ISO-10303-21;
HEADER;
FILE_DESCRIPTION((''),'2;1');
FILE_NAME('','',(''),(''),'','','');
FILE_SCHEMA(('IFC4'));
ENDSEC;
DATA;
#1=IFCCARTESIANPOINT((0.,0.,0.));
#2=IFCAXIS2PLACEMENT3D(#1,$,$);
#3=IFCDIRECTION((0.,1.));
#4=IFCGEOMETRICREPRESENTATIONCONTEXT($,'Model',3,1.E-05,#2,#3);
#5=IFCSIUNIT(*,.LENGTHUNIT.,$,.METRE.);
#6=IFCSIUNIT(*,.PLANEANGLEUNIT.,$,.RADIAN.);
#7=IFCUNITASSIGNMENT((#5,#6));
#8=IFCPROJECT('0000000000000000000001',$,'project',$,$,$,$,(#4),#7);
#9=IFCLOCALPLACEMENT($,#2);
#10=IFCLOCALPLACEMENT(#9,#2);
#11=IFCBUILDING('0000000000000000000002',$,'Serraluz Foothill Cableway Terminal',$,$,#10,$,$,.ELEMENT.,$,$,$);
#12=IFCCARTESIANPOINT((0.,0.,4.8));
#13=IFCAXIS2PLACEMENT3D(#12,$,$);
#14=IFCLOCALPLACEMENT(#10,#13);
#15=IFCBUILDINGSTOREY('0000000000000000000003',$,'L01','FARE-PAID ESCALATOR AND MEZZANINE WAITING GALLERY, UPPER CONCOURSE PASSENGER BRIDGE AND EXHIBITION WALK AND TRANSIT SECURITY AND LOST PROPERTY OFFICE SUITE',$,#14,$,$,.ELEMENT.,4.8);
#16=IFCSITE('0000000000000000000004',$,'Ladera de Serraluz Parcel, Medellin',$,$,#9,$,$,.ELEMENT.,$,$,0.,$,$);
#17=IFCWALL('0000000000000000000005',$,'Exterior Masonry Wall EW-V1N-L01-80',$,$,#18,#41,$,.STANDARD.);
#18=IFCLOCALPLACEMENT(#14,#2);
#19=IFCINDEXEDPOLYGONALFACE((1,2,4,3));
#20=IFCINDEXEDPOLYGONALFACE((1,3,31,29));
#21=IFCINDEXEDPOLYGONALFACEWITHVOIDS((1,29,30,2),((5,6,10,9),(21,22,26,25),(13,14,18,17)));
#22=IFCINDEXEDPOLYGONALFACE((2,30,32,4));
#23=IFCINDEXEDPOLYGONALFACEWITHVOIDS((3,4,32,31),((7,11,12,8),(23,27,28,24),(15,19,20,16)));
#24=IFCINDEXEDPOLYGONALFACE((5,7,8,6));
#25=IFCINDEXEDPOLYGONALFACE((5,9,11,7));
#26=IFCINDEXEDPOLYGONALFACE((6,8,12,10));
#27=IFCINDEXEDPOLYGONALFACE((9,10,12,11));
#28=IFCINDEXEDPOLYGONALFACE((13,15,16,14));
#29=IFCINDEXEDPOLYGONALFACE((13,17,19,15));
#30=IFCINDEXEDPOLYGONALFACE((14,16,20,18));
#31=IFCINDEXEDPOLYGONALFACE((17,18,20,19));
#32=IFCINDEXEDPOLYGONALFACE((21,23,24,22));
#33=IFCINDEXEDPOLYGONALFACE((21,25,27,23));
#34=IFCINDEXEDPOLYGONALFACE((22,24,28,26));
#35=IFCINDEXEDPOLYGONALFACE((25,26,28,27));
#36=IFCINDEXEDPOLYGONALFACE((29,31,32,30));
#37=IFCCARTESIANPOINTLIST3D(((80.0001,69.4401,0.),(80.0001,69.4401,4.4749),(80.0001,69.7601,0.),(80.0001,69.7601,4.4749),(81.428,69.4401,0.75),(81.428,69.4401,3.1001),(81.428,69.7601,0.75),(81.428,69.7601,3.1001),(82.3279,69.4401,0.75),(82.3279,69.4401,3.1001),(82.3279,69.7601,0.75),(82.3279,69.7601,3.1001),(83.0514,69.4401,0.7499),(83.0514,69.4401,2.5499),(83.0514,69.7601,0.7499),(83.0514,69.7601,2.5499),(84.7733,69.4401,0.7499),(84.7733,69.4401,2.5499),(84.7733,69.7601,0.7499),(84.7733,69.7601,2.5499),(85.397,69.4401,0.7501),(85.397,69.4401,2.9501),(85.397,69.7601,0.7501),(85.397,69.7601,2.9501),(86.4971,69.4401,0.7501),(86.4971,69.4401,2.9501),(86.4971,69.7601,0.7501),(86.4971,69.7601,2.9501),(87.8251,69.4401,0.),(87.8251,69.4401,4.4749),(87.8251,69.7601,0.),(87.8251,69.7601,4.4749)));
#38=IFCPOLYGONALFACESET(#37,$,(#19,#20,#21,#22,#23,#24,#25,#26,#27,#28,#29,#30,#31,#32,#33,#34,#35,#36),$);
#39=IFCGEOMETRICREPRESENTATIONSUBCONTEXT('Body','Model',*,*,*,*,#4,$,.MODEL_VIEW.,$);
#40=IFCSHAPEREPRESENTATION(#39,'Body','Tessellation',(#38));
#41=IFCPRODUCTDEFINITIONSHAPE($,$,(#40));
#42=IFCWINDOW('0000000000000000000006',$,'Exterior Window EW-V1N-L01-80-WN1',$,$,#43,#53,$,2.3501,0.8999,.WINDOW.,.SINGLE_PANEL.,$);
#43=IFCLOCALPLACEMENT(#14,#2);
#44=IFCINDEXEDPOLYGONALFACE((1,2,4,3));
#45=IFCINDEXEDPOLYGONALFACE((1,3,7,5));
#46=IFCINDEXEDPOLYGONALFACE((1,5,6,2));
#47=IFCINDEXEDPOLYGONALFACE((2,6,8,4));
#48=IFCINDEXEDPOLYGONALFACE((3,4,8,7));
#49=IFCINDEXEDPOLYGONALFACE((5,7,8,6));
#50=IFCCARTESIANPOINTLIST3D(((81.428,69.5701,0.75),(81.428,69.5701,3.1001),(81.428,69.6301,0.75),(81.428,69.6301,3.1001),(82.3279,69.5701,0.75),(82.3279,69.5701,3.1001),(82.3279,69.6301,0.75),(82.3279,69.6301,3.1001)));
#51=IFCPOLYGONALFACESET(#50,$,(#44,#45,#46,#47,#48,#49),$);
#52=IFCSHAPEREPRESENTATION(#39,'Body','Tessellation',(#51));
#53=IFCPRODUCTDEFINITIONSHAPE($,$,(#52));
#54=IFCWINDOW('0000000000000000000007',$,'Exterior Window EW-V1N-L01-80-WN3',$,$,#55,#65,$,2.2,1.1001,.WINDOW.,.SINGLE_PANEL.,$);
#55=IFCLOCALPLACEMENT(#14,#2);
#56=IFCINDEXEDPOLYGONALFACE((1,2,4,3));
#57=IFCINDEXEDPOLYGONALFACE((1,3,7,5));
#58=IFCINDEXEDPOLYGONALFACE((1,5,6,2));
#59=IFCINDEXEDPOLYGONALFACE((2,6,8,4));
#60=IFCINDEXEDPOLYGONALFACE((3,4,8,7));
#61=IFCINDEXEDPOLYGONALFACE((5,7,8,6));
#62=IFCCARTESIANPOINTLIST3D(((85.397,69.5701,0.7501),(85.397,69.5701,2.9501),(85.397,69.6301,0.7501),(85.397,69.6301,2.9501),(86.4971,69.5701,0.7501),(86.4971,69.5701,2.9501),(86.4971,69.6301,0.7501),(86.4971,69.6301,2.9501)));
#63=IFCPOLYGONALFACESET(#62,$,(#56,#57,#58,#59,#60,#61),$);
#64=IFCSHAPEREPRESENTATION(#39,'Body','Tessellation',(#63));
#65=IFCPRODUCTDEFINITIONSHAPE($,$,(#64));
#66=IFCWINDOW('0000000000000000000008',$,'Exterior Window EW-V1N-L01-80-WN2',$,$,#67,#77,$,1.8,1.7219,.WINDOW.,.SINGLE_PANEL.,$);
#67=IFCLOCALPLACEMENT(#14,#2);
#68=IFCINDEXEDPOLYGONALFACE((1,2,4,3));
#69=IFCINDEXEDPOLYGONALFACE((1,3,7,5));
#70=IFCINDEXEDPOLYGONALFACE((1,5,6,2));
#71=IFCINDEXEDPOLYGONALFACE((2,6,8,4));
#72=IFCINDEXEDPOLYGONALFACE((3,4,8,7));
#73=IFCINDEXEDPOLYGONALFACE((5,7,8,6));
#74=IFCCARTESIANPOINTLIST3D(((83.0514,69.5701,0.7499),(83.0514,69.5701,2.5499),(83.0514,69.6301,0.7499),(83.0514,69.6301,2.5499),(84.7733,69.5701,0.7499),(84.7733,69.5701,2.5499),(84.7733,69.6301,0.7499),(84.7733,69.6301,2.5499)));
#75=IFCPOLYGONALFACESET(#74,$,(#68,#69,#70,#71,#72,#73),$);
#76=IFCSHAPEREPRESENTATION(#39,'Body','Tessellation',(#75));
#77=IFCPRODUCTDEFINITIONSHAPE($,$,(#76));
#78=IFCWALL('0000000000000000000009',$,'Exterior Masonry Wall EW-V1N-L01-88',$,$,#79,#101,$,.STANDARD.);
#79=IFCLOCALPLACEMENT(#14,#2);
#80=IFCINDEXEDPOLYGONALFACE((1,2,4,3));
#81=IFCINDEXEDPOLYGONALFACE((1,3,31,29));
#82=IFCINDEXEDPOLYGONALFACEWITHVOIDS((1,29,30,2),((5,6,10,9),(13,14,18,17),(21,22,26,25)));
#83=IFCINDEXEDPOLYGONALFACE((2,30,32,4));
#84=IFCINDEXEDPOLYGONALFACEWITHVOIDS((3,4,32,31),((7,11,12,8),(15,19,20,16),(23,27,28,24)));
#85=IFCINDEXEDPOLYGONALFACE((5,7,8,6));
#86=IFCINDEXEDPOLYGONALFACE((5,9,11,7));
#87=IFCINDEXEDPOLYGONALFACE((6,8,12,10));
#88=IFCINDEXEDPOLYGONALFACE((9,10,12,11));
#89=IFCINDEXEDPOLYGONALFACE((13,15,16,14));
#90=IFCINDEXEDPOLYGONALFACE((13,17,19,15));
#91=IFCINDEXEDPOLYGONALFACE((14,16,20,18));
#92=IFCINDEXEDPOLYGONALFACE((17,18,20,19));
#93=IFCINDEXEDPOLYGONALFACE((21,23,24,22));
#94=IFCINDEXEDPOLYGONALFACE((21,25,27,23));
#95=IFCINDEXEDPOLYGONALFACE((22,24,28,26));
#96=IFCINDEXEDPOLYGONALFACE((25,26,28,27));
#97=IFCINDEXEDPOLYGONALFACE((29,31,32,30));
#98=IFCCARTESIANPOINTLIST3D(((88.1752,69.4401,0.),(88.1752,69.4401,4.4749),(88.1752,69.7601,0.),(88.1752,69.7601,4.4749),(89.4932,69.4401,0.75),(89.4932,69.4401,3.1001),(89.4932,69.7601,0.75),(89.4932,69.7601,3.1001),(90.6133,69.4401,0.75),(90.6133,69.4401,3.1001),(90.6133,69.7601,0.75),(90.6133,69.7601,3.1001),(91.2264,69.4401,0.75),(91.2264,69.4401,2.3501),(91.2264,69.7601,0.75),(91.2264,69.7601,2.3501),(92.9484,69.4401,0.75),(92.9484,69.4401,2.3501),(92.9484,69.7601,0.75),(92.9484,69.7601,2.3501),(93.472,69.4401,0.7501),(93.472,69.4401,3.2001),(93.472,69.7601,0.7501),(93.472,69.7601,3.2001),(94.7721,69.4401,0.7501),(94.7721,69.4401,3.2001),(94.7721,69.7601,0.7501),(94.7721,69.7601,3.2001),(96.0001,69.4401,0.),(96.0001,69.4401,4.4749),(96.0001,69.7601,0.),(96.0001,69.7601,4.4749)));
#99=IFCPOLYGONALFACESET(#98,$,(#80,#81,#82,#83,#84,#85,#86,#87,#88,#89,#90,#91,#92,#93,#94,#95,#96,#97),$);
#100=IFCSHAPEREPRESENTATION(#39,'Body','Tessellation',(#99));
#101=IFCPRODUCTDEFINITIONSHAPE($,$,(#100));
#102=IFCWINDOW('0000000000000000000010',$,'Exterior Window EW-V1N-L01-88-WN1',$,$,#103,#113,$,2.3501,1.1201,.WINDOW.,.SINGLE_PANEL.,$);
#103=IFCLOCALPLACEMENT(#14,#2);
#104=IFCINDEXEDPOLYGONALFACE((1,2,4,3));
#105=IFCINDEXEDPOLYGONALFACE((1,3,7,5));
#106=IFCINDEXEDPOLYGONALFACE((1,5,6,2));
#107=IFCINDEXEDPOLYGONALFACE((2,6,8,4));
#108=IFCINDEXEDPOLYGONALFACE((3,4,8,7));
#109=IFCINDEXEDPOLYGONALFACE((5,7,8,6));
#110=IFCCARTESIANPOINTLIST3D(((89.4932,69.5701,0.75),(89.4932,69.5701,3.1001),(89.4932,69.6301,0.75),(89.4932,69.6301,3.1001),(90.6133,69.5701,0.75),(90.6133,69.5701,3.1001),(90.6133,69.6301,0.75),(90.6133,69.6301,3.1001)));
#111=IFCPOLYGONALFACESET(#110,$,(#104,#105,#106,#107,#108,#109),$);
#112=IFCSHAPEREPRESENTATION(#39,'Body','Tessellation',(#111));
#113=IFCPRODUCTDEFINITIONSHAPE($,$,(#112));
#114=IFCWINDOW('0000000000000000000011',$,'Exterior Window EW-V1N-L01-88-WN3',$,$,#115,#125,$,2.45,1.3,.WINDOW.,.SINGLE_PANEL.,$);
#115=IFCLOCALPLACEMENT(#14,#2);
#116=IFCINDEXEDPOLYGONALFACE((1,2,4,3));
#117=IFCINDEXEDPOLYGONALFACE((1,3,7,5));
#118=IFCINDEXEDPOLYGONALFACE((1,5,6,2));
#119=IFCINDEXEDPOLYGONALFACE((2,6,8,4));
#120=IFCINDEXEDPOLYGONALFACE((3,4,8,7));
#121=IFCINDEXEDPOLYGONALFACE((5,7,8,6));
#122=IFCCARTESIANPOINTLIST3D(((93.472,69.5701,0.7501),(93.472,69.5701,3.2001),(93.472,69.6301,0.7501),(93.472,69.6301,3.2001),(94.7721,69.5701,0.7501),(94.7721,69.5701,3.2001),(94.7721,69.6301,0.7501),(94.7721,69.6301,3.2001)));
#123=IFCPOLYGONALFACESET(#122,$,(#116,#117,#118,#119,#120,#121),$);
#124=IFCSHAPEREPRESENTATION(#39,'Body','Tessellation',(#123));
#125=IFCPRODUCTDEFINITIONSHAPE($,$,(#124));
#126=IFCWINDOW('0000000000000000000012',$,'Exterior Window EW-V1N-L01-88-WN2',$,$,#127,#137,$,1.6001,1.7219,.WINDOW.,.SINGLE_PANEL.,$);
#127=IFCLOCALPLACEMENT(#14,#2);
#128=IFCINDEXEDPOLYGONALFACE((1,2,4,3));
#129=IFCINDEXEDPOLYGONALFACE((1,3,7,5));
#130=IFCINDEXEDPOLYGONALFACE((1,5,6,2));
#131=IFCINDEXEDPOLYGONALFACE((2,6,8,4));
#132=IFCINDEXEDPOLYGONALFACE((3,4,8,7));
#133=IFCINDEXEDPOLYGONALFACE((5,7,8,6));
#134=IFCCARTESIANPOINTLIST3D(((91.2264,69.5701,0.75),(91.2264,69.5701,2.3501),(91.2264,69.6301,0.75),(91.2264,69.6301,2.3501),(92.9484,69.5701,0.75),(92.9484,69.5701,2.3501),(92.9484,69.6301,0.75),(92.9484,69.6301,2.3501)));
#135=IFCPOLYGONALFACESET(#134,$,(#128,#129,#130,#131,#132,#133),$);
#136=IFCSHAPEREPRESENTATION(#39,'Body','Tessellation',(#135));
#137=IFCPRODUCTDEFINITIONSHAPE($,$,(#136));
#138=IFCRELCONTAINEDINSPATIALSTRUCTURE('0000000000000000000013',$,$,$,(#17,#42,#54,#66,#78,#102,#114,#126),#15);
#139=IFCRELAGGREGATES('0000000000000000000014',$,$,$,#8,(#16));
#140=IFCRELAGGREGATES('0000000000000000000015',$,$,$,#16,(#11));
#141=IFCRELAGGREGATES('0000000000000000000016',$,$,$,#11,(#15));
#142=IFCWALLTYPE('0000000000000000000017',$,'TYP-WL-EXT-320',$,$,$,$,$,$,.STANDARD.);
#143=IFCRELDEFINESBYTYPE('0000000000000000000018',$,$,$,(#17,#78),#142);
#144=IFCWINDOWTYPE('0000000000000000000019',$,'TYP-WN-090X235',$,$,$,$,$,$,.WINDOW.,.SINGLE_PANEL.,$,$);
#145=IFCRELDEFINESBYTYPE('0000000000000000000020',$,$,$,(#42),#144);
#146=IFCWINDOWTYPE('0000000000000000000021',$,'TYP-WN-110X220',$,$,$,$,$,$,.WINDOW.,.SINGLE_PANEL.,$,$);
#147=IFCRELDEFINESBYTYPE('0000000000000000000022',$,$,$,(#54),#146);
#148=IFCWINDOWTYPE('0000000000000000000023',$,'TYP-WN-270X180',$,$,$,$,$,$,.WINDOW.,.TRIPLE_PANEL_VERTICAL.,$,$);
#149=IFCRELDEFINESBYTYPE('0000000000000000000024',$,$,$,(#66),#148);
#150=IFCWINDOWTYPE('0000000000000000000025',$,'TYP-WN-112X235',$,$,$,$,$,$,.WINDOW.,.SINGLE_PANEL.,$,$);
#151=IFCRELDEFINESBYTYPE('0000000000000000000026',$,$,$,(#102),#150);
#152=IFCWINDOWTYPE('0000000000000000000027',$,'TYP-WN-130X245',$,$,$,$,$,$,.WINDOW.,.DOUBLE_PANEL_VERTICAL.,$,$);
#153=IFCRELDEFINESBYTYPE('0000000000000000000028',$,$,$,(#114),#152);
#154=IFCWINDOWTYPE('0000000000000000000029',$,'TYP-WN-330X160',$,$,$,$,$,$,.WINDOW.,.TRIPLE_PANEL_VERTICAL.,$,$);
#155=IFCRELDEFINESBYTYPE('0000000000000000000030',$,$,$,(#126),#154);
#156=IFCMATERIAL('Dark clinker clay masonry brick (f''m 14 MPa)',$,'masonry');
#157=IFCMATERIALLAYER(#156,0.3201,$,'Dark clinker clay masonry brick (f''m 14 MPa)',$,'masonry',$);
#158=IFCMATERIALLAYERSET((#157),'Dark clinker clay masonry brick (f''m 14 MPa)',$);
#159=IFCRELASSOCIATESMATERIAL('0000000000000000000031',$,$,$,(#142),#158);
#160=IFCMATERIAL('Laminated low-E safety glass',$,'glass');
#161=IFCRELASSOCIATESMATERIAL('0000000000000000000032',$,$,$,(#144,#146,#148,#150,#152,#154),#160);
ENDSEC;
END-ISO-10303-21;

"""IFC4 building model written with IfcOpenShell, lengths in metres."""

from ifc_helpers import new_model, si_unit, direction, frame, frame_2d, origin, place, context, subcontext, project, spatial, rectangle, extrude, material, layer, layer_set, type_object, element, fill, save


model = new_model("IFC4")

# Units and contexts
model_context = context("Model", 3, precision=1e-05, world=origin(), true_north=direction((0.0, 1.0)))
body_context = subcontext(model_context, "Body", "Model", "MODEL_VIEW")
ifc_project = project(units=[si_unit("LENGTHUNIT", "METRE"), si_unit("PLANEANGLEUNIT", "RADIAN")], contexts=[model_context])

# Site, building, storey
site_placement = place(None, origin())
site = spatial("IfcSite", under=ifc_project, at=site_placement, Name="Ladera de Serraluz Parcel, Medellin", CompositionType="ELEMENT", RefElevation=0.0)
building_placement = place(site_placement, origin())
building = spatial("IfcBuilding", under=site, at=building_placement, Name="Serraluz Foothill Cableway Terminal", CompositionType="ELEMENT")
storey_placement = place(building_placement, frame((0.0, 0.0, 4.8)))
storey = spatial("IfcBuildingStorey", under=building, at=storey_placement, Name="L01", Description="FARE-PAID ESCALATOR AND MEZZANINE WAITING GALLERY, UPPER CONCOURSE PASSENGER BRIDGE AND EXHIBITION WALK AND TRANSIT SECURITY AND LOST PROPERTY OFFICE SUITE", CompositionType="ELEMENT", Elevation=4.8)

# Shared definitions
ifc_material_1 = material(Name="Dark clinker clay masonry brick (f'm 14 MPa)", Category="masonry")

# Walls, openings, windows
ifc_layer_1 = layer(ifc_material_1, 0.3201, Name="Dark clinker clay masonry brick (f'm 14 MPa)", Category="masonry")
ifc_layer_set_1 = layer_set([ifc_layer_1], Name="Dark clinker clay masonry brick (f'm 14 MPa)")
wall_type = type_object("IfcWallType", Name="TYP-WL-EXT-320", PredefinedType="STANDARD", material=ifc_layer_set_1)
wall_1_placement = place(storey_placement, frame((80.0, 69.6001, 0.0), z_axis=(0.0, 0.0, 1.0), x_axis=(1.0, 0.0, 0.0)))
wall_1 = element("IfcWall", 1, at=wall_1_placement, inside=storey, type_object=wall_type, Name="Exterior Masonry Wall EW-V1N-L01-80", PredefinedType="STANDARD", context=body_context, shape_type="SweptSolid", body=[
    extrude(rectangle(XDim=7.825, YDim=0.3201, at=frame_2d((3.9126, 0.0))), origin(), (0.0, 0.0, 1.0), 4.4749),
])
opening_1_placement = place(wall_1_placement, frame((1.428, 0.0, 0.75)))
opening_1 = element("IfcOpeningElement", 2, at=opening_1_placement, cuts=wall_1, PredefinedType="OPENING", context=body_context, shape_type="SweptSolid", body=[
    extrude(rectangle(XDim=0.8999, YDim=2.3501, at=frame_2d((0.45, 1.175))), frame((0.0, 0.1699, 0.0), z_axis=(0.0, -1.0, 0.0), x_axis=(1.0, 0.0, 0.0)), (0.0, 0.0, 1.0), 0.3401),
])
opening_2_placement = place(wall_1_placement, frame((3.0515, 0.0, 0.75)))
opening_2 = element("IfcOpeningElement", 3, at=opening_2_placement, cuts=wall_1, PredefinedType="OPENING", context=body_context, shape_type="SweptSolid", body=[
    extrude(rectangle(XDim=1.7219, YDim=1.8, at=frame_2d((0.8608, 0.8999))), frame((0.0, 0.1699, 0.0), z_axis=(0.0, -1.0, 0.0), x_axis=(1.0, 0.0, 0.0)), (0.0, 0.0, 1.0), 0.3401),
])
opening_3_placement = place(wall_1_placement, frame((5.397, 0.0, 0.75)))
opening_3 = element("IfcOpeningElement", 4, at=opening_3_placement, cuts=wall_1, PredefinedType="OPENING", context=body_context, shape_type="SweptSolid", body=[
    extrude(rectangle(XDim=1.1001, YDim=2.2, at=frame_2d((0.55, 1.1001))), frame((0.0, 0.1699, 0.0), z_axis=(0.0, -1.0, 0.0), x_axis=(1.0, 0.0, 0.0)), (0.0, 0.0, 1.0), 0.3401),
])
ifc_material_2 = material(Name="Laminated low-E safety glass", Category="glass")
window_type_1 = type_object("IfcWindowType", Name="TYP-WN-090X235", PartitioningType="SINGLE_PANEL", PredefinedType="WINDOW", material=ifc_material_2)
window_1_placement = place(opening_1_placement, origin())
window_1 = element("IfcWindow", 5, at=window_1_placement, inside=storey, type_object=window_type_1, Name="Exterior Window EW-V1N-L01-80-WN1", OverallHeight=2.3501, OverallWidth=0.8999, PartitioningType="SINGLE_PANEL", PredefinedType="WINDOW", context=body_context, shape_type="SweptSolid", body=[
    extrude(rectangle(XDim=0.8999, YDim=2.3501, at=frame_2d((0.45, 1.175))), frame((0.0, 0.03, 0.0), z_axis=(0.0, -1.0, 0.0), x_axis=(1.0, 0.0, 0.0)), (0.0, 0.0, 1.0), 0.0601),
])
fill(opening_1, window_1)
window_type_2 = type_object("IfcWindowType", Name="TYP-WN-110X220", PartitioningType="SINGLE_PANEL", PredefinedType="WINDOW", material=ifc_material_2)
window_2_placement = place(opening_3_placement, origin())
window_2 = element("IfcWindow", 6, at=window_2_placement, inside=storey, type_object=window_type_2, Name="Exterior Window EW-V1N-L01-80-WN3", OverallHeight=2.2, OverallWidth=1.1001, PartitioningType="SINGLE_PANEL", PredefinedType="WINDOW", context=body_context, shape_type="SweptSolid", body=[
    extrude(rectangle(XDim=1.1001, YDim=2.2, at=frame_2d((0.55, 1.1001))), frame((0.0, 0.03, 0.0), z_axis=(0.0, -1.0, 0.0), x_axis=(1.0, 0.0, 0.0)), (0.0, 0.0, 1.0), 0.0601),
])
fill(opening_3, window_2)
window_type_3 = type_object("IfcWindowType", Name="TYP-WN-270X180", PartitioningType="TRIPLE_PANEL_VERTICAL", PredefinedType="WINDOW", material=ifc_material_2)
window_3_placement = place(opening_2_placement, origin())
window_3 = element("IfcWindow", 7, at=window_3_placement, inside=storey, type_object=window_type_3, Name="Exterior Window EW-V1N-L01-80-WN2", OverallHeight=1.8, OverallWidth=1.7219, PartitioningType="SINGLE_PANEL", PredefinedType="WINDOW", context=body_context, shape_type="SweptSolid", body=[
    extrude(rectangle(XDim=1.7219, YDim=1.8, at=frame_2d((0.8608, 0.8999))), frame((0.0, 0.03, 0.0), z_axis=(0.0, -1.0, 0.0), x_axis=(1.0, 0.0, 0.0)), (0.0, 0.0, 1.0), 0.0601),
])
fill(opening_2, window_3)
wall_2_placement = place(storey_placement, frame((88.175, 69.6001, 0.0), z_axis=(0.0, 0.0, 1.0), x_axis=(1.0, 0.0, 0.0)))
wall_2 = element("IfcWall", 8, at=wall_2_placement, inside=storey, type_object=wall_type, Name="Exterior Masonry Wall EW-V1N-L01-88", PredefinedType="STANDARD", context=body_context, shape_type="SweptSolid", body=[
    extrude(rectangle(XDim=7.825, YDim=0.3201, at=frame_2d((3.9126, 0.0))), origin(), (0.0, 0.0, 1.0), 4.4749),
])
opening_4_placement = place(wall_2_placement, frame((1.3181, 0.0, 0.75)))
opening_4 = element("IfcOpeningElement", 9, at=opening_4_placement, cuts=wall_2, PredefinedType="OPENING", context=body_context, shape_type="SweptSolid", body=[
    extrude(rectangle(XDim=1.1201, YDim=2.3501, at=frame_2d((0.5601, 1.175))), frame((0.0, 0.1699, 0.0), z_axis=(0.0, -1.0, 0.0), x_axis=(1.0, 0.0, 0.0)), (0.0, 0.0, 1.0), 0.3401),
])
opening_5_placement = place(wall_2_placement, frame((3.0515, 0.0, 0.75)))
opening_5 = element("IfcOpeningElement", 10, at=opening_5_placement, cuts=wall_2, PredefinedType="OPENING", context=body_context, shape_type="SweptSolid", body=[
    extrude(rectangle(XDim=1.7219, YDim=1.6001, at=frame_2d((0.8608, 0.8))), frame((0.0, 0.1699, 0.0), z_axis=(0.0, -1.0, 0.0), x_axis=(1.0, 0.0, 0.0)), (0.0, 0.0, 1.0), 0.3401),
])
opening_6_placement = place(wall_2_placement, frame((5.2971, 0.0, 0.75)))
opening_6 = element("IfcOpeningElement", 11, at=opening_6_placement, cuts=wall_2, PredefinedType="OPENING", context=body_context, shape_type="SweptSolid", body=[
    extrude(rectangle(XDim=1.3, YDim=2.45, at=frame_2d((0.6499, 1.2251))), frame((0.0, 0.1699, 0.0), z_axis=(0.0, -1.0, 0.0), x_axis=(1.0, 0.0, 0.0)), (0.0, 0.0, 1.0), 0.3401),
])
window_type_4 = type_object("IfcWindowType", Name="TYP-WN-112X235", PartitioningType="SINGLE_PANEL", PredefinedType="WINDOW", material=ifc_material_2)
window_4_placement = place(opening_4_placement, origin())
window_4 = element("IfcWindow", 12, at=window_4_placement, inside=storey, type_object=window_type_4, Name="Exterior Window EW-V1N-L01-88-WN1", OverallHeight=2.3501, OverallWidth=1.1201, PartitioningType="SINGLE_PANEL", PredefinedType="WINDOW", context=body_context, shape_type="SweptSolid", body=[
    extrude(rectangle(XDim=1.1201, YDim=2.3501, at=frame_2d((0.5601, 1.175))), frame((0.0, 0.03, 0.0), z_axis=(0.0, -1.0, 0.0), x_axis=(1.0, 0.0, 0.0)), (0.0, 0.0, 1.0), 0.0601),
])
fill(opening_4, window_4)
window_type_5 = type_object("IfcWindowType", Name="TYP-WN-130X245", PartitioningType="DOUBLE_PANEL_VERTICAL", PredefinedType="WINDOW", material=ifc_material_2)
window_5_placement = place(opening_6_placement, origin())
window_5 = element("IfcWindow", 13, at=window_5_placement, inside=storey, type_object=window_type_5, Name="Exterior Window EW-V1N-L01-88-WN3", OverallHeight=2.45, OverallWidth=1.3, PartitioningType="SINGLE_PANEL", PredefinedType="WINDOW", context=body_context, shape_type="SweptSolid", body=[
    extrude(rectangle(XDim=1.3, YDim=2.45, at=frame_2d((0.6499, 1.2251))), frame((0.0, 0.03, 0.0), z_axis=(0.0, -1.0, 0.0), x_axis=(1.0, 0.0, 0.0)), (0.0, 0.0, 1.0), 0.0601),
])
fill(opening_6, window_5)
window_type_6 = type_object("IfcWindowType", Name="TYP-WN-330X160", PartitioningType="TRIPLE_PANEL_VERTICAL", PredefinedType="WINDOW", material=ifc_material_2)
window_6_placement = place(opening_5_placement, origin())
window_6 = element("IfcWindow", 14, at=window_6_placement, inside=storey, type_object=window_type_6, Name="Exterior Window EW-V1N-L01-88-WN2", OverallHeight=1.6001, OverallWidth=1.7219, PartitioningType="SINGLE_PANEL", PredefinedType="WINDOW", context=body_context, shape_type="SweptSolid", body=[
    extrude(rectangle(XDim=1.7219, YDim=1.6001, at=frame_2d((0.8608, 0.8))), frame((0.0, 0.03, 0.0), z_axis=(0.0, -1.0, 0.0), x_axis=(1.0, 0.0, 0.0)), (0.0, 0.0, 1.0), 0.0601),
])
fill(opening_5, window_6)

save(model, "model.ifc")
